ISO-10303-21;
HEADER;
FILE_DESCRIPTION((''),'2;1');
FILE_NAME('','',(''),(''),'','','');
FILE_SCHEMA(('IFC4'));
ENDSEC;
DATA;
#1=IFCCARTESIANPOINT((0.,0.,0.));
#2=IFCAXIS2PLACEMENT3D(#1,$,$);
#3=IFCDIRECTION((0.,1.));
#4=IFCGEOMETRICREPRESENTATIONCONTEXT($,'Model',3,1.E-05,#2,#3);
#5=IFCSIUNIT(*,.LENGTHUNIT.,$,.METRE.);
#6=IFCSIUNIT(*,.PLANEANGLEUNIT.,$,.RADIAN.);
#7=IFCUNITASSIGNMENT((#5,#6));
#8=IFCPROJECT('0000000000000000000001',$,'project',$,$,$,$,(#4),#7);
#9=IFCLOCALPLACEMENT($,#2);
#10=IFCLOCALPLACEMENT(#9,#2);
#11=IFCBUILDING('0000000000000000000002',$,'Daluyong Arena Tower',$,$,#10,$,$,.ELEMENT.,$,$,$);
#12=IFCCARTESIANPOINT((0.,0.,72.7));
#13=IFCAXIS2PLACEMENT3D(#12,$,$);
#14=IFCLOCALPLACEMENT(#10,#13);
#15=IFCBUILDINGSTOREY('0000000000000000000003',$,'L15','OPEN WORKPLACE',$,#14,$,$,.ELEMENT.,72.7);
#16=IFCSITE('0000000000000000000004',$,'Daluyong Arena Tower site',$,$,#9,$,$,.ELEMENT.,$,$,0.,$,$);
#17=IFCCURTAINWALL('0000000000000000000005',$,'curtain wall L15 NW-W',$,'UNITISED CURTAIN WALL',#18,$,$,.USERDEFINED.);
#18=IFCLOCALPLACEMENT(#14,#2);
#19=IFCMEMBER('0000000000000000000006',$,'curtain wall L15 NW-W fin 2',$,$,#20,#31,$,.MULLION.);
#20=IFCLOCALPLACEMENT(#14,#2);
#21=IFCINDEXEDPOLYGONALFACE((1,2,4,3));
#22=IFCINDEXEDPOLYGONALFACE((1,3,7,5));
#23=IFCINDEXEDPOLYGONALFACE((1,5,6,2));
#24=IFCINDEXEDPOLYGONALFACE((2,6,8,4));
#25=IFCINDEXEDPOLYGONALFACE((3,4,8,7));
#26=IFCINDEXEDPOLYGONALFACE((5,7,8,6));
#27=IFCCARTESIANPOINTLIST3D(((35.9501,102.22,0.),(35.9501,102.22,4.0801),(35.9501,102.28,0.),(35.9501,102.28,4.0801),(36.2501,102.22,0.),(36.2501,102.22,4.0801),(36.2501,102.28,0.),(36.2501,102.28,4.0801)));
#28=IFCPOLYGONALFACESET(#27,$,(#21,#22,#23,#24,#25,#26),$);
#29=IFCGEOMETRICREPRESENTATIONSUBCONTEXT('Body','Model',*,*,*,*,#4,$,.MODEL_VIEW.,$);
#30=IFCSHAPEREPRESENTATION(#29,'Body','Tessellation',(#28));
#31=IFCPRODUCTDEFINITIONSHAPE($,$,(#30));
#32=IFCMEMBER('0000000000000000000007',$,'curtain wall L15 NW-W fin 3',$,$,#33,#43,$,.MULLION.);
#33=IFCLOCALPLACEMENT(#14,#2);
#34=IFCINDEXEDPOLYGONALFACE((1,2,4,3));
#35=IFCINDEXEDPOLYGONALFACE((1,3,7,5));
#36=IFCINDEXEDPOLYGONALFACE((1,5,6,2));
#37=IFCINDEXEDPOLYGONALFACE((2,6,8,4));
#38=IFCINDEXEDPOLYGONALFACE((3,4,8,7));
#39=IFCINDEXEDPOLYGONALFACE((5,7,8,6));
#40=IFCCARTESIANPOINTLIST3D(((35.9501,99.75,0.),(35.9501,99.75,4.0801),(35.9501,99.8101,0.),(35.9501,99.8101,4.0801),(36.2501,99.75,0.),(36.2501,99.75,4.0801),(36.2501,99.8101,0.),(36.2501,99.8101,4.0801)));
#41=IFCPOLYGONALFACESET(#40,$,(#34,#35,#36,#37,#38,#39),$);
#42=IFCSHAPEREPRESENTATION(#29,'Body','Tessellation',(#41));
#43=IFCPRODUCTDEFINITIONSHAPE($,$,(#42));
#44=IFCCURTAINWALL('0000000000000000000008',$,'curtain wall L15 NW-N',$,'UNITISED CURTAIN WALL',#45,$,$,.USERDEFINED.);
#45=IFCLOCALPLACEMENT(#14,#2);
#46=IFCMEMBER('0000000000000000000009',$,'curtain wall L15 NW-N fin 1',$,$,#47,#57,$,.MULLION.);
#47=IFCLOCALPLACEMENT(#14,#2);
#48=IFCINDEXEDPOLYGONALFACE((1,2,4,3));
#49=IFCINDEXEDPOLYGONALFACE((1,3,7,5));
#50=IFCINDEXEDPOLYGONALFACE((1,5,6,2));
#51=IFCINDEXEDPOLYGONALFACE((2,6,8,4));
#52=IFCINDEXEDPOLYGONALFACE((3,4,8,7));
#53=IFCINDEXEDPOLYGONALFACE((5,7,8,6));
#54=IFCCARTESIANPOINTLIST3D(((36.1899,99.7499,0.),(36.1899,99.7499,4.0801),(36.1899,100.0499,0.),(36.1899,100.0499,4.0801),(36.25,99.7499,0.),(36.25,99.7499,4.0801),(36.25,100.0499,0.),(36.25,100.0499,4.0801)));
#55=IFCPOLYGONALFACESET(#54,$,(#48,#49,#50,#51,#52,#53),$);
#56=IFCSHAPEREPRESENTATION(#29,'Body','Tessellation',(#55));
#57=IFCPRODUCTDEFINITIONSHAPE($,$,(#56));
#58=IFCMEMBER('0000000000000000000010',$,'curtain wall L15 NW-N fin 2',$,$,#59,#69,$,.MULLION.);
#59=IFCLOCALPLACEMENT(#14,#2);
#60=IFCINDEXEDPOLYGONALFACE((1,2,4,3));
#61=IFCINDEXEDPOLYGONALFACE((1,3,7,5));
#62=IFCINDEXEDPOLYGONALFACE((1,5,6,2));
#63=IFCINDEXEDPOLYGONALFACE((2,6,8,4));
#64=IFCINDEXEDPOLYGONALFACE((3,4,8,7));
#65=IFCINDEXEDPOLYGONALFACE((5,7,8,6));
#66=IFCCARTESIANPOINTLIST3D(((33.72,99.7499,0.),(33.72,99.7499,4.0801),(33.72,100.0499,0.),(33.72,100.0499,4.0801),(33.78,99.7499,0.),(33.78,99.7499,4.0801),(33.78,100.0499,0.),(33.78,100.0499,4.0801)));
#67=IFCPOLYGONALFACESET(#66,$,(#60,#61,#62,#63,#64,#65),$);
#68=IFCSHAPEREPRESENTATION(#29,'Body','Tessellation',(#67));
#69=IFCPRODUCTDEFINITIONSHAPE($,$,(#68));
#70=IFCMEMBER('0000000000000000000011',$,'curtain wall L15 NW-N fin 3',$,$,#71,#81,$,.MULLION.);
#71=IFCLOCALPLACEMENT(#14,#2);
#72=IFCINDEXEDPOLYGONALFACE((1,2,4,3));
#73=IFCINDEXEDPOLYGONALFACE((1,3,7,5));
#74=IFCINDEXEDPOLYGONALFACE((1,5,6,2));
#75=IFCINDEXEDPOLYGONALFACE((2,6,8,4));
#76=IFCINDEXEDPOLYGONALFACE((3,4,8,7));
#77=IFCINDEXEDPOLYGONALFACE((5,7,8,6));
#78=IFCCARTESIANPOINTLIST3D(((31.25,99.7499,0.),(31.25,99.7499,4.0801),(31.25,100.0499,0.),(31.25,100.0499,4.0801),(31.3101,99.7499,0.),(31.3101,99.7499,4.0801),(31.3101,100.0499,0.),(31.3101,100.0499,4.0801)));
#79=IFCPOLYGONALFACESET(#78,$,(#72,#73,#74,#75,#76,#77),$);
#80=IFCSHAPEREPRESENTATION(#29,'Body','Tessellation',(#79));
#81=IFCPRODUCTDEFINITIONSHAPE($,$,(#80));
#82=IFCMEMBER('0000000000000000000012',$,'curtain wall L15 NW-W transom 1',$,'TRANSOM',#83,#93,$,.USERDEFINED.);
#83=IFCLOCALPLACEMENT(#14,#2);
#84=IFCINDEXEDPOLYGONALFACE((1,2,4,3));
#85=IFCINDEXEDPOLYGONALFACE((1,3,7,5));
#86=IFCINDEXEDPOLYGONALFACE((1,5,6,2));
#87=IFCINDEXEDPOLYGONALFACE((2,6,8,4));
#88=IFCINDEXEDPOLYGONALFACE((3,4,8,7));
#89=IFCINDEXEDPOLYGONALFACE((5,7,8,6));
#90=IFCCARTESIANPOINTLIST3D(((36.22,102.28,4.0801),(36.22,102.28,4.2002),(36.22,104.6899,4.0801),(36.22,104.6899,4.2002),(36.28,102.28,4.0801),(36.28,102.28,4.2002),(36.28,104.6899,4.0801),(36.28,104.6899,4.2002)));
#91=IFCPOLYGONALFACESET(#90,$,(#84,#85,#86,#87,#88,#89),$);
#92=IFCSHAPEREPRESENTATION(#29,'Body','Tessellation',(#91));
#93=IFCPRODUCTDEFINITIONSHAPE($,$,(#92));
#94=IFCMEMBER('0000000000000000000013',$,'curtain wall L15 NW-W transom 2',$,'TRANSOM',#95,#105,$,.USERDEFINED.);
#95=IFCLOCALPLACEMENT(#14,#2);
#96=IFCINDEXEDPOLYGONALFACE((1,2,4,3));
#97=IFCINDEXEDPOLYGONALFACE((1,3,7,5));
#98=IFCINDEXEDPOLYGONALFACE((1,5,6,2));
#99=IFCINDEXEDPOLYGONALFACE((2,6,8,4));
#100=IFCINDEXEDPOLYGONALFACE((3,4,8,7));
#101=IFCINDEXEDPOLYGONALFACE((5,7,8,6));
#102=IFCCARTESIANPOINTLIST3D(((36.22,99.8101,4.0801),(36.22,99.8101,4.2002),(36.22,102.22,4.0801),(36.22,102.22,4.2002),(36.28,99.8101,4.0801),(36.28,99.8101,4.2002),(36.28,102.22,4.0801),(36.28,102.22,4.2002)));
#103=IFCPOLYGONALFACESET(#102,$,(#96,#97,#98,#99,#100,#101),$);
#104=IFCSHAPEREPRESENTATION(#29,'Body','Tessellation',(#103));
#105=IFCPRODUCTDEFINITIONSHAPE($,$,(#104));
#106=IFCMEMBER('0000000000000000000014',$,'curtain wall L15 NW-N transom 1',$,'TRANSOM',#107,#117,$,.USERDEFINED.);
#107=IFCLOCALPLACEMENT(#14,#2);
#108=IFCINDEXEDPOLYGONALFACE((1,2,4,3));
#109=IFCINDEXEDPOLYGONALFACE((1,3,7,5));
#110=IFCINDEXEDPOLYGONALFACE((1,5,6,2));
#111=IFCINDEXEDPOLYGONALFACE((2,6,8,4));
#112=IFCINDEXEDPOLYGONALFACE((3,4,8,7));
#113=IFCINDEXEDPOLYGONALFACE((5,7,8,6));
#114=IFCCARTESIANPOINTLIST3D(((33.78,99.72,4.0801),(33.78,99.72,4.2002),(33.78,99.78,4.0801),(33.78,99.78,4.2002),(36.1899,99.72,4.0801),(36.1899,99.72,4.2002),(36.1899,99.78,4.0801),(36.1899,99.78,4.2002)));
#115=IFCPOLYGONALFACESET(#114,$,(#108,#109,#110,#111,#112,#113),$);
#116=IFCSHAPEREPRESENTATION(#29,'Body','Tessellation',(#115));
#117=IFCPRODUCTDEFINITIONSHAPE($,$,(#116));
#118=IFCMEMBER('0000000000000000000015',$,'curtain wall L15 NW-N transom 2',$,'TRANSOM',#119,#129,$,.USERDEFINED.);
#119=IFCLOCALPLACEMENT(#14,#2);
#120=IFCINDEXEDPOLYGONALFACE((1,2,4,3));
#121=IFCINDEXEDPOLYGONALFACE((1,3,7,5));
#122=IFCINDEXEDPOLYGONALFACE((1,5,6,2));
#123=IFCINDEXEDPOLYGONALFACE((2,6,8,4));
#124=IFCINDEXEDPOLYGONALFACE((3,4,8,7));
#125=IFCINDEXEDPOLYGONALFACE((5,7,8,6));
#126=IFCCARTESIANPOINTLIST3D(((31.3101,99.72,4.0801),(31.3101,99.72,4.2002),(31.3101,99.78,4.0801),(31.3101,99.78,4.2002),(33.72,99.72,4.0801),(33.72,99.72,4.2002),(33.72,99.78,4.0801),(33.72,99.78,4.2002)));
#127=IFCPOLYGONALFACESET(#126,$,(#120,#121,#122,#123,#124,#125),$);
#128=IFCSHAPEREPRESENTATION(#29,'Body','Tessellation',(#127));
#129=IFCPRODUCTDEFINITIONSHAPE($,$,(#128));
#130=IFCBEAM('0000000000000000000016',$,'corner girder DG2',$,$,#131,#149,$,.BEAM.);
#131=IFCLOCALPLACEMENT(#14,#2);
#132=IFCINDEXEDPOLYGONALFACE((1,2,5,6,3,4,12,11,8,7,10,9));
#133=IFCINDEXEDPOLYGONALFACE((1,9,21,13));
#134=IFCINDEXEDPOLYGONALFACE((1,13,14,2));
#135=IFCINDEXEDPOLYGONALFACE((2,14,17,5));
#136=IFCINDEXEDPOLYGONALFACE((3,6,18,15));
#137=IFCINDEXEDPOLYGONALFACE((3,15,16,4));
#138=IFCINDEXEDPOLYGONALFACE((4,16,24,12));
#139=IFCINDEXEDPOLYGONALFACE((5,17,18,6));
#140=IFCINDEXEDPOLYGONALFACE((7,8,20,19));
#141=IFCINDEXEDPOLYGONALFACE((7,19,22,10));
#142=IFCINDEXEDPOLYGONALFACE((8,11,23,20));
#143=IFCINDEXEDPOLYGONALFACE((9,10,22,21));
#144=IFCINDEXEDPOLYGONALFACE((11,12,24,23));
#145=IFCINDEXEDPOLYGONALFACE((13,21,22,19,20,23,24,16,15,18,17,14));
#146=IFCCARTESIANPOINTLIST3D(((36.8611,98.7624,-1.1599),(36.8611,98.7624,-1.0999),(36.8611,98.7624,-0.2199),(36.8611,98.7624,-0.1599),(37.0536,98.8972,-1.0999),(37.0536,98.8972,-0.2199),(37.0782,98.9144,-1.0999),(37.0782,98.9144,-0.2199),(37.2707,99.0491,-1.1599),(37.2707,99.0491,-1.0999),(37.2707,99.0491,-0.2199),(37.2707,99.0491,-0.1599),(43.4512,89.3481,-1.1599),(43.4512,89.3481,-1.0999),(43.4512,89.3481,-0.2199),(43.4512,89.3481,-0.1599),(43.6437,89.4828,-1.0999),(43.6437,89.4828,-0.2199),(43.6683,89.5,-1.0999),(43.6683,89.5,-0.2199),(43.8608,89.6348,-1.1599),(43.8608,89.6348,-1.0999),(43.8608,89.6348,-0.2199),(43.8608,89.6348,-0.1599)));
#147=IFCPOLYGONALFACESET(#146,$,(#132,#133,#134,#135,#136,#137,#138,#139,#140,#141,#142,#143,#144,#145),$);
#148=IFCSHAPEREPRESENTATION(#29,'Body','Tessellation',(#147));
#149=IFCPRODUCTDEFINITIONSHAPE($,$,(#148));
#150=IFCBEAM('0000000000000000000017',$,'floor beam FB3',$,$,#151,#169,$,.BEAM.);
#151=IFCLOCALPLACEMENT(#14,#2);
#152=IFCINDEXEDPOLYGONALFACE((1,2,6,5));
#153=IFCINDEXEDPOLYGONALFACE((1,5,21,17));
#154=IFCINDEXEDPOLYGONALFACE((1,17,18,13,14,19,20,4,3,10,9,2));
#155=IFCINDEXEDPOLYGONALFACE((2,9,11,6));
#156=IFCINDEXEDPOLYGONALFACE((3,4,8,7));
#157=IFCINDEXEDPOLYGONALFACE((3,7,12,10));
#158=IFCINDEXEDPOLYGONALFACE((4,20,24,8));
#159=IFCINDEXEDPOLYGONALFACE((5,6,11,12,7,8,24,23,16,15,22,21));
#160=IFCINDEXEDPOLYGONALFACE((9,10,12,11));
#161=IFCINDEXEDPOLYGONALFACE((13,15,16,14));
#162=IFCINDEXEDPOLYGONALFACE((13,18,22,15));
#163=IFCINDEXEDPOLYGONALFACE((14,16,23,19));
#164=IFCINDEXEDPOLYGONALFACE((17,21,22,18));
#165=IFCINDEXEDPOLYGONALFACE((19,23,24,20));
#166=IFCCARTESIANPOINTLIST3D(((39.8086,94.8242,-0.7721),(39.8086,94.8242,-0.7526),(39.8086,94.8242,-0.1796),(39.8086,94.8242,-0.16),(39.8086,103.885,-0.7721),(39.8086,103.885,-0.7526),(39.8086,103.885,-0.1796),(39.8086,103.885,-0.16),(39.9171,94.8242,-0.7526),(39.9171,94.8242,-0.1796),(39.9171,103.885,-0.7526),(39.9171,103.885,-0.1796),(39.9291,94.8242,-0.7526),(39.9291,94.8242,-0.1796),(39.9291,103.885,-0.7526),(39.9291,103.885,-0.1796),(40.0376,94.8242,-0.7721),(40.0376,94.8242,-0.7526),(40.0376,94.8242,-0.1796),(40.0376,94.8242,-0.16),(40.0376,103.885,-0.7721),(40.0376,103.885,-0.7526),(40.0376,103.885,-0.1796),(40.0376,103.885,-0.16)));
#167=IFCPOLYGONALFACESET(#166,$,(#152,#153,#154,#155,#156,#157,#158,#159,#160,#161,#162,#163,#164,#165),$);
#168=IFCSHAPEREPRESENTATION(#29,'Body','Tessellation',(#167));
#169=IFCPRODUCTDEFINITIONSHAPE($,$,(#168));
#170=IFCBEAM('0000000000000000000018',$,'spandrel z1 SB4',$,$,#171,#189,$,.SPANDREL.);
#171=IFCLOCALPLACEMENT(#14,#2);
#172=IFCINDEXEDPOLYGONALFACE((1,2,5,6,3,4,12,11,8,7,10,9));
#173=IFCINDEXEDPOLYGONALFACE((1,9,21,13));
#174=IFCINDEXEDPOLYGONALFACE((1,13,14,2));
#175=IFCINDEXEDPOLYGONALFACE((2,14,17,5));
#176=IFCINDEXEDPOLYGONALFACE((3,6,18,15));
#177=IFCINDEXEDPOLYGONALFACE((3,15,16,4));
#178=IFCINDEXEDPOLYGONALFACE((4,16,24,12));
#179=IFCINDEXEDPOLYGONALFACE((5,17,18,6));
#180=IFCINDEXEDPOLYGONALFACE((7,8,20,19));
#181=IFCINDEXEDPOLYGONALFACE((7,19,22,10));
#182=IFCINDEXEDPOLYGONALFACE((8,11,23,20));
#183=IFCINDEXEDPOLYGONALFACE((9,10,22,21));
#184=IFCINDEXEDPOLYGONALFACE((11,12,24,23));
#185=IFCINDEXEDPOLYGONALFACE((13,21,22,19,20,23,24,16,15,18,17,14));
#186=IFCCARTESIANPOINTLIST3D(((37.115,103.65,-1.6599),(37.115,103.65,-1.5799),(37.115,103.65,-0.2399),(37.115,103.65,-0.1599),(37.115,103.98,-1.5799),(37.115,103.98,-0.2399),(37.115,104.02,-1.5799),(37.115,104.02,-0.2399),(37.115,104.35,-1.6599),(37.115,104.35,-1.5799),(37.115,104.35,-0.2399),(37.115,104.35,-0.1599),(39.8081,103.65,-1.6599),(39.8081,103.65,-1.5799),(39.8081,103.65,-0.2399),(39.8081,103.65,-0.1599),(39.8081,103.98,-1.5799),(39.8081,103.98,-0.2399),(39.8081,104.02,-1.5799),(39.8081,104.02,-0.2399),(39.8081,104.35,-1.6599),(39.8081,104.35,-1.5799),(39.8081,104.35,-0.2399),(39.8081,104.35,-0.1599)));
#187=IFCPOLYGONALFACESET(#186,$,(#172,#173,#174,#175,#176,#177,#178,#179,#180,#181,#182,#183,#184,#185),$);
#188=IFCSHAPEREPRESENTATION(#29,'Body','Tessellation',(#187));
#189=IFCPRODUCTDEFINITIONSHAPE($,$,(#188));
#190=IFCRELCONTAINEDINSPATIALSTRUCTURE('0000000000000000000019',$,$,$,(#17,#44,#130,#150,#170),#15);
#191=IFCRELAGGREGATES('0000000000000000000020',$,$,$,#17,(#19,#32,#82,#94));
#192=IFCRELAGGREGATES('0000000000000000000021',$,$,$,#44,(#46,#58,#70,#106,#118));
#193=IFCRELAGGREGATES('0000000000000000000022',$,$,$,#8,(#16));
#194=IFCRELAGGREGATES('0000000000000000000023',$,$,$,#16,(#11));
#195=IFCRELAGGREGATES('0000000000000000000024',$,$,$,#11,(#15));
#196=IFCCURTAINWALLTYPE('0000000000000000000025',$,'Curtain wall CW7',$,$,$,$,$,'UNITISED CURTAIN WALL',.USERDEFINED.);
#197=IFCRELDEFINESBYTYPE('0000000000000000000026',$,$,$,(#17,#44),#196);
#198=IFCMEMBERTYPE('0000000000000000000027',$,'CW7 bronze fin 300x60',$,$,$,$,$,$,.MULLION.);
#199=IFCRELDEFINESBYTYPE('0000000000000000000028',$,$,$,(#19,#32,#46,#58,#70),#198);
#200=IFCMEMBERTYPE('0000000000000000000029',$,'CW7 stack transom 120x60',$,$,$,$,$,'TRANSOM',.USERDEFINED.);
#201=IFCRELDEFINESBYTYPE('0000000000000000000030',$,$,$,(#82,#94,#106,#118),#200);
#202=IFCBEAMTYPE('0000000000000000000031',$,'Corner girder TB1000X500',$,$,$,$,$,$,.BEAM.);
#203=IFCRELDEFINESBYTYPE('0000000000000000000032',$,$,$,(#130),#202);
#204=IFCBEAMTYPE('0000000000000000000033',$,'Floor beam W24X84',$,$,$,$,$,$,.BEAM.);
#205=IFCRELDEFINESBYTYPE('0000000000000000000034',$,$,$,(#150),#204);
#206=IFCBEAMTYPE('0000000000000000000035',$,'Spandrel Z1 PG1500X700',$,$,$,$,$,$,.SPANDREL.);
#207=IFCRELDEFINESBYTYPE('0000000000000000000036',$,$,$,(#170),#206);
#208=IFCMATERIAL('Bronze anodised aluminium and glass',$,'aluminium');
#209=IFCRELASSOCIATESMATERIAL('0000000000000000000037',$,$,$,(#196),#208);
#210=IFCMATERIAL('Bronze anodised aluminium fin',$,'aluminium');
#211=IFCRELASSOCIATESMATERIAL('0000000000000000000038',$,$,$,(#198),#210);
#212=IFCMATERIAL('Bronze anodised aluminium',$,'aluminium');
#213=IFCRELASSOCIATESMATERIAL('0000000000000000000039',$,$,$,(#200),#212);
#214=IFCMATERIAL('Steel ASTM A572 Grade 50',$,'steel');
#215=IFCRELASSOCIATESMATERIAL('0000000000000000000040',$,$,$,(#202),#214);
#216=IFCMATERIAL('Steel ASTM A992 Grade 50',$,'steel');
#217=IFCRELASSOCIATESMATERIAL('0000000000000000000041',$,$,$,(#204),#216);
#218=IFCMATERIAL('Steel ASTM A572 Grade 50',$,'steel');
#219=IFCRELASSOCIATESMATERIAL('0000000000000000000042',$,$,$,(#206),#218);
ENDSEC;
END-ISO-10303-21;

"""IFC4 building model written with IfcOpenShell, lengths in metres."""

from ifc_helpers import new_model, si_unit, direction, frame, origin, origin_2d, place, context, subcontext, project, spatial, rectangle, i_section, extrude, material, material_profile, profile_set, type_object, element, aggregate, save


model = new_model("IFC4")

# Units and contexts
model_context = context("Model", 3, precision=1e-05, world=origin(), true_north=direction((0.0, 1.0)))
body_context = subcontext(model_context, "Body", "Model", "MODEL_VIEW")
ifc_project = project(units=[si_unit("LENGTHUNIT", "METRE"), si_unit("PLANEANGLEUNIT", "RADIAN")], contexts=[model_context])

# Site, building, storey
site_placement = place(None, origin())
site = spatial("IfcSite", under=ifc_project, at=site_placement, Name="Daluyong Arena Tower site", CompositionType="ELEMENT", RefElevation=0.0)
building_placement = place(site_placement, origin())
building = spatial("IfcBuilding", under=site, at=building_placement, Name="Daluyong Arena Tower", CompositionType="ELEMENT")
storey_placement = place(building_placement, frame((0.0, 0.0, 72.7)))
storey = spatial("IfcBuildingStorey", under=building, at=storey_placement, Name="L15", Description="OPEN WORKPLACE", CompositionType="ELEMENT", Elevation=72.7)

# Curtain walls, members
ifc_material_1 = material(Name="Bronze anodised aluminium and glass", Category="aluminium")
curtain_wall_type_1 = type_object("IfcCurtainWallType", Name="Curtain wall CW7", ElementType="UNITISED CURTAIN WALL", PredefinedType="USERDEFINED", material=ifc_material_1)
curtain_wall_1_placement = place(storey_placement, origin())
curtain_wall_1 = element("IfcCurtainWall", 1, at=curtain_wall_1_placement, inside=storey, type_object=curtain_wall_type_1, Name="curtain wall L15 NW-W", ObjectType="UNITISED CURTAIN WALL", PredefinedType="USERDEFINED")
ifc_material_2 = material(Name="Bronze anodised aluminium fin", Category="aluminium")
ifc_material_profile_1 = material_profile(ifc_material_2, rectangle(XDim=0.3, YDim=0.0601, at=origin_2d()))
ifc_profile_set_1 = profile_set([ifc_material_profile_1], Name="Bronze anodised aluminium fin")
member_type_1 = type_object("IfcMemberType", Name="CW7 bronze fin 300x60", PredefinedType="MULLION", material=ifc_profile_set_1)
member_1_placement = place(storey_placement, frame((36.1001, 102.25, 0.0), z_axis=(0.0, 0.0, 1.0), x_axis=(1.0, 0.0, 0.0)))
member_1 = element("IfcMember", 2, at=member_1_placement, type_object=member_type_1, Name="curtain wall L15 NW-W fin 2", PredefinedType="MULLION", context=body_context, shape_type="SweptSolid", body=[
    extrude(rectangle(XDim=0.3, YDim=0.0601, at=origin_2d()), origin(), (0.0, 0.0, 1.0), 4.0801),
])
member_2_placement = place(storey_placement, frame((36.1001, 99.78, 0.0), z_axis=(0.0, 0.0, 1.0), x_axis=(1.0, 0.0, 0.0)))
member_2 = element("IfcMember", 3, at=member_2_placement, type_object=member_type_1, Name="curtain wall L15 NW-W fin 3", PredefinedType="MULLION", context=body_context, shape_type="SweptSolid", body=[
    extrude(rectangle(XDim=0.3, YDim=0.0601, at=origin_2d()), origin(), (0.0, 0.0, 1.0), 4.0801),
])
curtain_wall_2_placement = place(storey_placement, origin())
curtain_wall_2 = element("IfcCurtainWall", 4, at=curtain_wall_2_placement, inside=storey, type_object=curtain_wall_type_1, Name="curtain wall L15 NW-N", ObjectType="UNITISED CURTAIN WALL", PredefinedType="USERDEFINED")
member_3_placement = place(storey_placement, frame((36.22, 99.8999, 0.0), z_axis=(0.0, 0.0, 1.0), x_axis=(0.0, -1.0, 0.0)))
member_3 = element("IfcMember", 5, at=member_3_placement, type_object=member_type_1, Name="curtain wall L15 NW-N fin 1", PredefinedType="MULLION", context=body_context, shape_type="SweptSolid", body=[
    extrude(rectangle(XDim=0.3, YDim=0.0601, at=origin_2d()), origin(), (0.0, 0.0, 1.0), 4.0801),
])
member_4_placement = place(storey_placement, frame((33.75, 99.8999, 0.0), z_axis=(0.0, 0.0, 1.0), x_axis=(0.0, -1.0, 0.0)))
member_4 = element("IfcMember", 6, at=member_4_placement, type_object=member_type_1, Name="curtain wall L15 NW-N fin 2", PredefinedType="MULLION", context=body_context, shape_type="SweptSolid", body=[
    extrude(rectangle(XDim=0.3, YDim=0.0601, at=origin_2d()), origin(), (0.0, 0.0, 1.0), 4.0801),
])
member_5_placement = place(storey_placement, frame((31.28, 99.8999, 0.0), z_axis=(0.0, 0.0, 1.0), x_axis=(0.0, -1.0, 0.0)))
member_5 = element("IfcMember", 7, at=member_5_placement, type_object=member_type_1, Name="curtain wall L15 NW-N fin 3", PredefinedType="MULLION", context=body_context, shape_type="SweptSolid", body=[
    extrude(rectangle(XDim=0.3, YDim=0.0601, at=origin_2d()), origin(), (0.0, 0.0, 1.0), 4.0801),
])

# Members
ifc_material_3 = material(Name="Bronze anodised aluminium", Category="aluminium")
ifc_material_profile_2 = material_profile(ifc_material_3, rectangle(XDim=0.0601, YDim=0.1201, at=origin_2d()))
ifc_profile_set_2 = profile_set([ifc_material_profile_2], Name="Bronze anodised aluminium")
member_type_2 = type_object("IfcMemberType", Name="CW7 stack transom 120x60", ElementType="TRANSOM", PredefinedType="USERDEFINED", material=ifc_profile_set_2)
member_6_placement = place(storey_placement, frame((36.25, 104.6899, 4.1401), z_axis=(0.0, -1.0, 0.0), x_axis=(1.0, 0.0, 0.0)))
member_6 = element("IfcMember", 8, at=member_6_placement, type_object=member_type_2, Name="curtain wall L15 NW-W transom 1", ObjectType="TRANSOM", PredefinedType="USERDEFINED", context=body_context, shape_type="SweptSolid", body=[
    extrude(rectangle(XDim=0.0601, YDim=0.1201, at=origin_2d()), origin(), (0.0, 0.0, 1.0), 2.4099),
])
member_7_placement = place(storey_placement, frame((36.25, 102.22, 4.1401), z_axis=(0.0, -1.0, 0.0), x_axis=(1.0, 0.0, 0.0)))
member_7 = element("IfcMember", 9, at=member_7_placement, type_object=member_type_2, Name="curtain wall L15 NW-W transom 2", ObjectType="TRANSOM", PredefinedType="USERDEFINED", context=body_context, shape_type="SweptSolid", body=[
    extrude(rectangle(XDim=0.0601, YDim=0.1201, at=origin_2d()), origin(), (0.0, 0.0, 1.0), 2.4099),
])
member_8_placement = place(storey_placement, frame((36.1899, 99.75, 4.1401), z_axis=(-1.0, 0.0, 0.0), x_axis=(0.0, -1.0, 0.0)))
member_8 = element("IfcMember", 10, at=member_8_placement, type_object=member_type_2, Name="curtain wall L15 NW-N transom 1", ObjectType="TRANSOM", PredefinedType="USERDEFINED", context=body_context, shape_type="SweptSolid", body=[
    extrude(rectangle(XDim=0.0601, YDim=0.1201, at=origin_2d()), origin(), (0.0, 0.0, 1.0), 2.4099),
])
member_9_placement = place(storey_placement, frame((33.72, 99.75, 4.1401), z_axis=(-1.0, 0.0, 0.0), x_axis=(0.0, -1.0, 0.0)))
member_9 = element("IfcMember", 11, at=member_9_placement, type_object=member_type_2, Name="curtain wall L15 NW-N transom 2", ObjectType="TRANSOM", PredefinedType="USERDEFINED", context=body_context, shape_type="SweptSolid", body=[
    extrude(rectangle(XDim=0.0601, YDim=0.1201, at=origin_2d()), origin(), (0.0, 0.0, 1.0), 2.4099),
])

# Beams
ifc_material_4 = material(Name="Steel ASTM A572 Grade 50", Category="steel")
ifc_material_profile_3 = material_profile(ifc_material_4, i_section(OverallWidth=0.5, OverallDepth=1.0, WebThickness=0.03, FlangeThickness=0.06, at=origin_2d()))
ifc_profile_set_3 = profile_set([ifc_material_profile_3], Name="Steel ASTM A572 Grade 50")
beam_type_1 = type_object("IfcBeamType", Name="Corner girder TB1000X500", PredefinedType="BEAM", material=ifc_profile_set_3)
beam_1_placement = place(storey_placement, frame((37.0659, 98.9058, -0.6599), z_axis=(0.573467, -0.819229, 0.0), x_axis=(0.819229, 0.573467, 0.0)))
element("IfcBeam", 12, at=beam_1_placement, inside=storey, type_object=beam_type_1, Name="corner girder DG2", PredefinedType="BEAM", context=body_context, shape_type="SweptSolid", body=[
    extrude(i_section(OverallWidth=0.5, OverallDepth=1.0, WebThickness=0.03, FlangeThickness=0.06, at=origin_2d()), origin(), (0.0, 0.0, 1.0), 11.4917),
])
ifc_material_5 = material(Name="Steel ASTM A992 Grade 50", Category="steel")
ifc_material_profile_4 = material_profile(ifc_material_5, i_section(OverallWidth=0.229, OverallDepth=0.6121, WebThickness=0.012, FlangeThickness=0.0195, at=origin_2d()))
ifc_profile_set_4 = profile_set([ifc_material_profile_4], Name="Steel ASTM A992 Grade 50")
beam_type_2 = type_object("IfcBeamType", Name="Floor beam W24X84", PredefinedType="BEAM", material=ifc_profile_set_4)
beam_2_placement = place(storey_placement, frame((39.9231, 103.885, -0.4661), z_axis=(0.0, -1.0, 0.0), x_axis=(1.0, 0.0, 0.0)))
element("IfcBeam", 13, at=beam_2_placement, inside=storey, type_object=beam_type_2, Name="floor beam FB3", PredefinedType="BEAM", context=body_context, shape_type="SweptSolid", body=[
    extrude(i_section(OverallWidth=0.229, OverallDepth=0.6121, WebThickness=0.012, FlangeThickness=0.0195, at=origin_2d()), origin(), (0.0, 0.0, 1.0), 9.0608),
])
ifc_material_6 = material(Name="Steel ASTM A572 Grade 50", Category="steel")
ifc_material_profile_5 = material_profile(ifc_material_6, i_section(OverallWidth=0.7, OverallDepth=1.5, WebThickness=0.04, FlangeThickness=0.08, at=origin_2d()))
ifc_profile_set_5 = profile_set([ifc_material_profile_5], Name="Steel ASTM A572 Grade 50")
beam_type_3 = type_object("IfcBeamType", Name="Spandrel Z1 PG1500X700", PredefinedType="SPANDREL", material=ifc_profile_set_5)
beam_3_placement = place(storey_placement, frame((39.8081, 104.0, -0.9099), z_axis=(-1.0, 0.0, 0.0), x_axis=(0.0, -1.0, 0.0)))
element("IfcBeam", 14, at=beam_3_placement, inside=storey, type_object=beam_type_3, Name="spandrel z1 SB4", PredefinedType="SPANDREL", context=body_context, shape_type="SweptSolid", body=[
    extrude(i_section(OverallWidth=0.7, OverallDepth=1.5, WebThickness=0.04, FlangeThickness=0.08, at=origin_2d()), origin(), (0.0, 0.0, 1.0), 2.6931),
])

aggregate(curtain_wall_1, [member_1, member_2, member_6, member_7])
aggregate(curtain_wall_2, [member_3, member_4, member_5, member_8, member_9])

save(model, "model.ifc")
